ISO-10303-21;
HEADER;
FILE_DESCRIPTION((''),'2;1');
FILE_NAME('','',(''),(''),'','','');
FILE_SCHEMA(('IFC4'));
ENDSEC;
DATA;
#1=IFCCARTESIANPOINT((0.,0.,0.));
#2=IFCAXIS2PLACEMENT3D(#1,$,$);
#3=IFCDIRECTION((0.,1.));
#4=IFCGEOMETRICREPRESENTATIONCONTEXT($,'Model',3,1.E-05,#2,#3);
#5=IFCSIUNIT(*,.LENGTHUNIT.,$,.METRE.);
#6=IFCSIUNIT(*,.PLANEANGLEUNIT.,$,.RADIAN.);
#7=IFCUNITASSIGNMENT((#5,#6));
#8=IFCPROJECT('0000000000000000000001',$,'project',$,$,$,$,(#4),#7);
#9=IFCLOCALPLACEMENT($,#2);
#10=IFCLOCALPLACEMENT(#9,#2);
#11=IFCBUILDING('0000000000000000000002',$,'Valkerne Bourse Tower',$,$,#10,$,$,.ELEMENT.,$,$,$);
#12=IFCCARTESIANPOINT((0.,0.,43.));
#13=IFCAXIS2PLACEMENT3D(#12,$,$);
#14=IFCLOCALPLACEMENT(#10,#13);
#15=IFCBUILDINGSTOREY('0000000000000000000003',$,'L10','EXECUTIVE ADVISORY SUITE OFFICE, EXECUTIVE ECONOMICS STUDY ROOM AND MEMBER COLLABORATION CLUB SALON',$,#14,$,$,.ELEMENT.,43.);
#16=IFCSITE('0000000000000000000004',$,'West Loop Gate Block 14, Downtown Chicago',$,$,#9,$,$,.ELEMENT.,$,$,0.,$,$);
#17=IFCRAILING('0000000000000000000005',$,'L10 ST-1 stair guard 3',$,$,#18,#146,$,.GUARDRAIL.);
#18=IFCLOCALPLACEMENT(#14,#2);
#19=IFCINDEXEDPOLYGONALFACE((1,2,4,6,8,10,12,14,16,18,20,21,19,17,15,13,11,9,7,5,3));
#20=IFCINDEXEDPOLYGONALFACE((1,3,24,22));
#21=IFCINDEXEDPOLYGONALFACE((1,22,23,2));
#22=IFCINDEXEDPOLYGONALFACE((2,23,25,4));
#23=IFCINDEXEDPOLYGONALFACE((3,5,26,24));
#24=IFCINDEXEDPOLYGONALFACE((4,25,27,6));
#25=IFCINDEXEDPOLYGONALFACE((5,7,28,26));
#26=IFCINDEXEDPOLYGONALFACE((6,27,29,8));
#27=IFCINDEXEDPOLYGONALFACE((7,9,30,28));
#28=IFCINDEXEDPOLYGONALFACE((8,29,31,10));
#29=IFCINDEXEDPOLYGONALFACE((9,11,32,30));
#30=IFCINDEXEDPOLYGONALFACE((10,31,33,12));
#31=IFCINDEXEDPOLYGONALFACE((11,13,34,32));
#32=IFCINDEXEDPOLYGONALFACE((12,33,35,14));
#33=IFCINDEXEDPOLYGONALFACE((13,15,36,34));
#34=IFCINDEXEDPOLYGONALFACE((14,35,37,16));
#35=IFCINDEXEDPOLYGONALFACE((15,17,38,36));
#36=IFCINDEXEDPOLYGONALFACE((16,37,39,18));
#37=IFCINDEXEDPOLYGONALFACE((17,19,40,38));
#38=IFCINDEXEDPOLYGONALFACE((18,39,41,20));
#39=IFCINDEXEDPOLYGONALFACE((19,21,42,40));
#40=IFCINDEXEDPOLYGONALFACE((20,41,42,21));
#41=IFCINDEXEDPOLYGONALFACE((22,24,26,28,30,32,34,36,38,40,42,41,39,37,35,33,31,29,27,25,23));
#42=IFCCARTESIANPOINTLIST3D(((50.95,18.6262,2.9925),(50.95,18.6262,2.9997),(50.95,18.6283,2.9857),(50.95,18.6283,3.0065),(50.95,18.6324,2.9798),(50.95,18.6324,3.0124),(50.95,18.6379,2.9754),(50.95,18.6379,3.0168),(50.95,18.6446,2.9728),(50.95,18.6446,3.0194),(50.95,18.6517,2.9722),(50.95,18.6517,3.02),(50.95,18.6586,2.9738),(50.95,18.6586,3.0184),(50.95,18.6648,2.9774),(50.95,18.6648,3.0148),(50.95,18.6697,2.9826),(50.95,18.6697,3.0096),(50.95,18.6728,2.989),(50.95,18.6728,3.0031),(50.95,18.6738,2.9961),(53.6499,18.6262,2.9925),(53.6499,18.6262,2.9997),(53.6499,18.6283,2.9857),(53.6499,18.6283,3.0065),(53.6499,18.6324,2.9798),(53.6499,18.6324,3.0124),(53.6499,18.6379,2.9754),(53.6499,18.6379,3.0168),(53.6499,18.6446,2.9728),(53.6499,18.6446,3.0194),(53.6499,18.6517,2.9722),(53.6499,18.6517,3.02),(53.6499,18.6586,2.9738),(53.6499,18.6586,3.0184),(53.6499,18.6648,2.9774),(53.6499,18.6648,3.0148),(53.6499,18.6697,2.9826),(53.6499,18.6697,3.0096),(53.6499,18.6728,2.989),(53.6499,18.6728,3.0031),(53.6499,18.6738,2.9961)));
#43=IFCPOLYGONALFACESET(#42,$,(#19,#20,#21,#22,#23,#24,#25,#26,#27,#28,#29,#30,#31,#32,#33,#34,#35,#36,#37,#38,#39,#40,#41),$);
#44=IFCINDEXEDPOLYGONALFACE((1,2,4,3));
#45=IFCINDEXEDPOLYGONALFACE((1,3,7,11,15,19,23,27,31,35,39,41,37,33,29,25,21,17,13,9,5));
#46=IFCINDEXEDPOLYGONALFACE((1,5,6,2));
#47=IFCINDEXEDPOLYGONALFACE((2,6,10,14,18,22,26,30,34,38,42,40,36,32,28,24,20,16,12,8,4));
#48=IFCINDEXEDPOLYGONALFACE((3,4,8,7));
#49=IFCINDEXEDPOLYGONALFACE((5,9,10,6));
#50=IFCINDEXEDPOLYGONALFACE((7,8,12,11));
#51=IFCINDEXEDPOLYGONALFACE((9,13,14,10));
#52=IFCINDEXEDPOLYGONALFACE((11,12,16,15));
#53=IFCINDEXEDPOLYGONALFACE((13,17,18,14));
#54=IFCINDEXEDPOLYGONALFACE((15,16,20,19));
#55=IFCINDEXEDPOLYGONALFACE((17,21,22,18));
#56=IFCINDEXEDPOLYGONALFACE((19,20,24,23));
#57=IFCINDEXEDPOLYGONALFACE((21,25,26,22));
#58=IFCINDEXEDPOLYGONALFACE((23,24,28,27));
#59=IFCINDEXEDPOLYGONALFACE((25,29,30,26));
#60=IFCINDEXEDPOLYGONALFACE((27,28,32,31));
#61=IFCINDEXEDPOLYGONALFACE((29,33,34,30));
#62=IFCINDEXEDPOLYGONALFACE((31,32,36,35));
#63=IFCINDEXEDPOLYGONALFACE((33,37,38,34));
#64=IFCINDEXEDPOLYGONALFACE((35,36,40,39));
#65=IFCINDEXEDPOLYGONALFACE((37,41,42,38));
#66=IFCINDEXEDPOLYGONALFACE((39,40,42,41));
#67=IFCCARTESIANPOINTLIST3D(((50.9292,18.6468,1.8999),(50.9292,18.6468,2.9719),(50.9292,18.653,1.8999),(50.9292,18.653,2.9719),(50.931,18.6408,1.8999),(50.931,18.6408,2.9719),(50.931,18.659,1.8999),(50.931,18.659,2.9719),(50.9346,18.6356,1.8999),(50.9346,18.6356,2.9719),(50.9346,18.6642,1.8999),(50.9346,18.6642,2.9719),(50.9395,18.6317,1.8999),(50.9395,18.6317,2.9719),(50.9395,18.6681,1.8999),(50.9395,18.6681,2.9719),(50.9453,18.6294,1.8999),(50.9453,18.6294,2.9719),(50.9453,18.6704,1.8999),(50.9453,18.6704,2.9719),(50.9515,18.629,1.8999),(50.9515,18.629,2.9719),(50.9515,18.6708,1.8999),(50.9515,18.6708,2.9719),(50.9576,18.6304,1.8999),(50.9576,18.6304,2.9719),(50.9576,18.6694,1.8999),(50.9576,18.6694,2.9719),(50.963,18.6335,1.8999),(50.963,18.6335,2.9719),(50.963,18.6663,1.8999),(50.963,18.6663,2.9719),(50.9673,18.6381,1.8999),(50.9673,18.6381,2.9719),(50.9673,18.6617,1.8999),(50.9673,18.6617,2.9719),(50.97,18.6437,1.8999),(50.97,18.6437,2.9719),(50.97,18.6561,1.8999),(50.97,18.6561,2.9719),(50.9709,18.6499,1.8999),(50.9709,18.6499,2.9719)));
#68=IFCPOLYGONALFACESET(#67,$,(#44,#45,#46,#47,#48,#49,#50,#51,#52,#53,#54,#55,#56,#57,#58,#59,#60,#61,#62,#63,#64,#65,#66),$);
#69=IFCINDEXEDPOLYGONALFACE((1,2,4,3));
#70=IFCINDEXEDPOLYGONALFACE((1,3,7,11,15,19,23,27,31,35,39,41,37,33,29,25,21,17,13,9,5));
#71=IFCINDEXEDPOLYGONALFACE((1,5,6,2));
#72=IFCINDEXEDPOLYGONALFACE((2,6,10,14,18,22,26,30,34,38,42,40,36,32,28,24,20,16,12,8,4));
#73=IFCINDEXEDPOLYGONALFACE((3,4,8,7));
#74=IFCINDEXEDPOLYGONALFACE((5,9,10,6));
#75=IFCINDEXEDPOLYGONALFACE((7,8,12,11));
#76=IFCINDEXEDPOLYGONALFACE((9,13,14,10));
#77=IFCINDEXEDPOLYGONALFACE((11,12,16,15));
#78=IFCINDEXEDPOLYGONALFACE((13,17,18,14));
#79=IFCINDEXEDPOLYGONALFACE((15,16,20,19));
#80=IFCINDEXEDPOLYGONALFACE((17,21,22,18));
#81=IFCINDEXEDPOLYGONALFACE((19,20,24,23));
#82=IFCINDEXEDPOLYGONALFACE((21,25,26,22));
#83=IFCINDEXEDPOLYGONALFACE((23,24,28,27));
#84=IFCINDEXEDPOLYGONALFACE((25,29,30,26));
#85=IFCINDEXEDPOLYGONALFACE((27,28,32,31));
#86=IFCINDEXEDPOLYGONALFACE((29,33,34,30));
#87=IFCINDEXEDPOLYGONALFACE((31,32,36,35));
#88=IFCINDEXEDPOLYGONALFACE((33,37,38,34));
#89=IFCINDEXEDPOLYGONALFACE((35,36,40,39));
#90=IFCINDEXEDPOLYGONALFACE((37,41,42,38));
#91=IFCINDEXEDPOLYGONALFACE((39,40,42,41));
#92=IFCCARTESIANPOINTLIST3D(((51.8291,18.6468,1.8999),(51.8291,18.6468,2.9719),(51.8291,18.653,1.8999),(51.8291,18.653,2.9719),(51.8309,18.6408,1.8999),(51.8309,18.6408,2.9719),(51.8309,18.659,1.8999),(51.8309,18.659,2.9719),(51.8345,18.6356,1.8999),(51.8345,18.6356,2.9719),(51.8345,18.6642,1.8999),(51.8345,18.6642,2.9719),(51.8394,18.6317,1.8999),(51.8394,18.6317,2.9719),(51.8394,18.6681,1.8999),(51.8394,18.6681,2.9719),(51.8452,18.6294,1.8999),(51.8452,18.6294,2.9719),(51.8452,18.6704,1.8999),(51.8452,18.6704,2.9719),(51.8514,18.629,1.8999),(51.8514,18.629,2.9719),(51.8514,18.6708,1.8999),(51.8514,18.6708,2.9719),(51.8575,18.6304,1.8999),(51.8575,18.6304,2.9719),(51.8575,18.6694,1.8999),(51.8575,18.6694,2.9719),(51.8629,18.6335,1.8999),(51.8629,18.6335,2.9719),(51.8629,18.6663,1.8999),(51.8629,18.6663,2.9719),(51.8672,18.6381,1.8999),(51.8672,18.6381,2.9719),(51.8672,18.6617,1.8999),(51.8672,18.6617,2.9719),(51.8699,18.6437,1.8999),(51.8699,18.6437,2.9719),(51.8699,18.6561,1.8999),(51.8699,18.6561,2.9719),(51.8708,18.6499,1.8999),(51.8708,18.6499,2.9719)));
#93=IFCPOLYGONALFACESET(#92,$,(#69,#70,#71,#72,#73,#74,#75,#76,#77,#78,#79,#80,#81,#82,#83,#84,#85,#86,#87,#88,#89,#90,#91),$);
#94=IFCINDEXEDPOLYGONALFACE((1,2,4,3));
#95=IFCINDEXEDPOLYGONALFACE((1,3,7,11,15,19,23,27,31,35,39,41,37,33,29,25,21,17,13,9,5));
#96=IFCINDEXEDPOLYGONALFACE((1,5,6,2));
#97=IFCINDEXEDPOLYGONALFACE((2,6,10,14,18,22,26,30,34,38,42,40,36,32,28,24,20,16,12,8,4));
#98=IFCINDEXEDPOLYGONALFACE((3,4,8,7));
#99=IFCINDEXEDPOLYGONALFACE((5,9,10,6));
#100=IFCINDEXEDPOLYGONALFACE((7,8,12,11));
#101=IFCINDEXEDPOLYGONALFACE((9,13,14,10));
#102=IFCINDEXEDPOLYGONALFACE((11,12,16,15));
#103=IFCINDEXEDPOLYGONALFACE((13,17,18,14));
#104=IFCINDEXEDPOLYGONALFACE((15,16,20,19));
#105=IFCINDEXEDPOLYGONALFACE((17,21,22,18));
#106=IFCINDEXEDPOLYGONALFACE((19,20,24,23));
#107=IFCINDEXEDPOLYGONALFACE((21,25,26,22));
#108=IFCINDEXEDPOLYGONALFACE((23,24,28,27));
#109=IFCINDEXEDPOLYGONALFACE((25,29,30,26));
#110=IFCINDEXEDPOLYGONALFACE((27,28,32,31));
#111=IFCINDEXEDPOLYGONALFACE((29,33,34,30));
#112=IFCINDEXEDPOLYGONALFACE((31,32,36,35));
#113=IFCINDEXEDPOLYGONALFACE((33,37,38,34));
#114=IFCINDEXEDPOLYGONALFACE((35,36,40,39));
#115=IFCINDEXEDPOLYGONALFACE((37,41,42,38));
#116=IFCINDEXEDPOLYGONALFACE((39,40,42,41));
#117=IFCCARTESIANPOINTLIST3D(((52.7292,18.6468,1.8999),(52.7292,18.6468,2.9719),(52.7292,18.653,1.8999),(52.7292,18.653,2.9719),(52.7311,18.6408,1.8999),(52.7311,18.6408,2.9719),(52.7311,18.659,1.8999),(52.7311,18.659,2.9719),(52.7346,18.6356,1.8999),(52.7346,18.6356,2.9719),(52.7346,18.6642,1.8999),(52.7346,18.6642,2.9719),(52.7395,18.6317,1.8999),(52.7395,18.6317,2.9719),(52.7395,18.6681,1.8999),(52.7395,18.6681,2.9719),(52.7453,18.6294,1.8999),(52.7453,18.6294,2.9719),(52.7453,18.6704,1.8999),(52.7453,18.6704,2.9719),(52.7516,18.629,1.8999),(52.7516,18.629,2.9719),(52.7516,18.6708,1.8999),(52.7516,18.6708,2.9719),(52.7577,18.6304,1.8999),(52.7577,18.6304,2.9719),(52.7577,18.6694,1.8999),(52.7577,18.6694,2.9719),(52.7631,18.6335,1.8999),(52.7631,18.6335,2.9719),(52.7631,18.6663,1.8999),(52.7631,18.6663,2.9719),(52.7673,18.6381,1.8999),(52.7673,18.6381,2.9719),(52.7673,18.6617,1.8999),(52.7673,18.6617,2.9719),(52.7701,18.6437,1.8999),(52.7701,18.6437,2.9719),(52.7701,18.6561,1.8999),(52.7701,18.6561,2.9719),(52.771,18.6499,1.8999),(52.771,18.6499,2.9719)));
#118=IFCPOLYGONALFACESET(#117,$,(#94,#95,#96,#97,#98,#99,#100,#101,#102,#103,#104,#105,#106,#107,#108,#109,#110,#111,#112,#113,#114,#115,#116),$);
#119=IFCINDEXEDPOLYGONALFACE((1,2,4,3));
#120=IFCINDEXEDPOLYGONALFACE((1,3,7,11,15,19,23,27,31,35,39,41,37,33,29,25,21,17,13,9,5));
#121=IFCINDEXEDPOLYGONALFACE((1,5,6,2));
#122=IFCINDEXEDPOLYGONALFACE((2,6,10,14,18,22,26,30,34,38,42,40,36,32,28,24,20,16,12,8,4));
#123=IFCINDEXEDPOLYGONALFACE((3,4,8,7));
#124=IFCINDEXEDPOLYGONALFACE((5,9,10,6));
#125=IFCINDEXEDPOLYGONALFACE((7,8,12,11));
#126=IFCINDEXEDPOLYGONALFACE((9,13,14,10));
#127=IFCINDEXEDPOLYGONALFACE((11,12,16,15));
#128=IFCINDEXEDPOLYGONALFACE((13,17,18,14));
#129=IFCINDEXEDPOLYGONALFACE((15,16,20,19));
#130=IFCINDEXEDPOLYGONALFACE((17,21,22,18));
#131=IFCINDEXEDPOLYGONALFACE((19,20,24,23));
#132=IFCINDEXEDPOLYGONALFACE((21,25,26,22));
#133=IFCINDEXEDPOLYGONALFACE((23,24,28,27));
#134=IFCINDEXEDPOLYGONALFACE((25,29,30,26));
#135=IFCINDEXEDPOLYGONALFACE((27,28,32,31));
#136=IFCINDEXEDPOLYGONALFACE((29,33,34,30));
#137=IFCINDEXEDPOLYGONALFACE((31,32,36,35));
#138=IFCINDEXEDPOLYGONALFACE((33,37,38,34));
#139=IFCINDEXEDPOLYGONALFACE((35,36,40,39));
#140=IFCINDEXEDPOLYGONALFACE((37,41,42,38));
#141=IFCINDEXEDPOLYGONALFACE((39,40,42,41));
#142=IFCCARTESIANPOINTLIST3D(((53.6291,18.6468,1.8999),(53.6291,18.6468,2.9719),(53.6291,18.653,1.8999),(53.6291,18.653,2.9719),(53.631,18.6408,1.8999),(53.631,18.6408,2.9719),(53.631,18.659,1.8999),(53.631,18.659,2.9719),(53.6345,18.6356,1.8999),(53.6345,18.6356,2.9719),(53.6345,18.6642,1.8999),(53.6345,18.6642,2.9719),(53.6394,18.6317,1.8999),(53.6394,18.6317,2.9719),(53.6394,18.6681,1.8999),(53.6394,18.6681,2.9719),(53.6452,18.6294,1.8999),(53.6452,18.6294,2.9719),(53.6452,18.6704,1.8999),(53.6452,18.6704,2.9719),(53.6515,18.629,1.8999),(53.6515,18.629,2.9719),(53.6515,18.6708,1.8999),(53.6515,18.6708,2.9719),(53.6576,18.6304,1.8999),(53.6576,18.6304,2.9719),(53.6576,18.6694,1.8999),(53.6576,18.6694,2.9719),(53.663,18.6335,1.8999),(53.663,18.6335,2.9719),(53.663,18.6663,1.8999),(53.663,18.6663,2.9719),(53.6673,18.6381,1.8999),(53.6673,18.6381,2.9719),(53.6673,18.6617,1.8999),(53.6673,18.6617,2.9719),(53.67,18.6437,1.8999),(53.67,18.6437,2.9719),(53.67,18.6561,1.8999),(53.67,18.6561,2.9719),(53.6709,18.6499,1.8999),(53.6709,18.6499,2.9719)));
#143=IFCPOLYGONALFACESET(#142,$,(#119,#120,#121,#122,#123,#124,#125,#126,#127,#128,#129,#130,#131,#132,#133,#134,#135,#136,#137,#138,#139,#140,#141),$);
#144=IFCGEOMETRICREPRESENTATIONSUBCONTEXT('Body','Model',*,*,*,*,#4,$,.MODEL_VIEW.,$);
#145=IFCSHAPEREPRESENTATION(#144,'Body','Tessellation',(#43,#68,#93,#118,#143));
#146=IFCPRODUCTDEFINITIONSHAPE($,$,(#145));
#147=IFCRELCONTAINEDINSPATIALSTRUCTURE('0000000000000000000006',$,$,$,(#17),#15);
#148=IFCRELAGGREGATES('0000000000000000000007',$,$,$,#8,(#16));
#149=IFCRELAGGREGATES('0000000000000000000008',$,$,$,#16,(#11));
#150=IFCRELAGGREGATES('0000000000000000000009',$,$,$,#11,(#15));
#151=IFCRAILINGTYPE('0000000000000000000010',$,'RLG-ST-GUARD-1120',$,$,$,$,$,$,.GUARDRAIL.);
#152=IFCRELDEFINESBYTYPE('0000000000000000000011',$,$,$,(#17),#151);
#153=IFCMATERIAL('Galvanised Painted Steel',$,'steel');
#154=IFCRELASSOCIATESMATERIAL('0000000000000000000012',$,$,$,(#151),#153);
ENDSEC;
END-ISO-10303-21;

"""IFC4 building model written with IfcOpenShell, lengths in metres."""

from ifc_helpers import new_model, si_unit, direction, frame, origin, origin_2d, place, context, subcontext, project, spatial, circle, extrude, material, type_object, element, save


model = new_model("IFC4")

# Units and contexts
model_context = context("Model", 3, precision=1e-05, world=origin(), true_north=direction((0.0, 1.0)))
body_context = subcontext(model_context, "Body", "Model", "MODEL_VIEW")
ifc_project = project(units=[si_unit("LENGTHUNIT", "METRE"), si_unit("PLANEANGLEUNIT", "RADIAN")], contexts=[model_context])

# Site, building, storey
site_placement = place(None, origin())
site = spatial("IfcSite", under=ifc_project, at=site_placement, Name="West Loop Gate Block 14, Downtown Chicago", CompositionType="ELEMENT", RefElevation=0.0)
building_placement = place(site_placement, origin())
building = spatial("IfcBuilding", under=site, at=building_placement, Name="Valkerne Bourse Tower", CompositionType="ELEMENT")
storey_placement = place(building_placement, frame((0.0, 0.0, 43.0)))
storey = spatial("IfcBuildingStorey", under=building, at=storey_placement, Name="L10", Description="EXECUTIVE ADVISORY SUITE OFFICE, EXECUTIVE ECONOMICS STUDY ROOM AND MEMBER COLLABORATION CLUB SALON", CompositionType="ELEMENT", Elevation=43.0)

# Shared definitions
ifc_material_1 = material(Name="Galvanised Painted Steel", Category="steel")

# Railing
railing_type_1 = type_object("IfcRailingType", Name="RLG-ST-GUARD-1120", PredefinedType="GUARDRAIL", material=ifc_material_1)
for number, where, name in (
    (1, (50.95, 18.6499, 1.8999), "L10 ST-1 stair guard 3"),
):
    element("IfcRailing", number, at=place(storey_placement, frame(where)), inside=storey, type_object=railing_type_1, Name=name, PredefinedType="GUARDRAIL", context=body_context, shape_type="SweptSolid", body=[
        extrude(circle(Radius=0.0239, at=origin_2d()), frame((0.0, 0.0, 1.0962), z_axis=(1.0, 0.0, 0.0), x_axis=(0.0, 1.0, 0.0)), (0.0, 0.0, 1.0), 2.7),
        extrude(circle(Radius=0.021, at=origin_2d()), origin(), (0.0, 0.0, 1.0), 1.072),
        extrude(circle(Radius=0.021, at=origin_2d()), frame((0.8999, 0.0, 0.0)), (0.0, 0.0, 1.0), 1.072),
        extrude(circle(Radius=0.021, at=origin_2d()), frame((1.8, 0.0, 0.0)), (0.0, 0.0, 1.0), 1.072),
        extrude(circle(Radius=0.021, at=origin_2d()), frame((2.7, 0.0, 0.0)), (0.0, 0.0, 1.0), 1.072),
    ])

save(model, "model.ifc")
